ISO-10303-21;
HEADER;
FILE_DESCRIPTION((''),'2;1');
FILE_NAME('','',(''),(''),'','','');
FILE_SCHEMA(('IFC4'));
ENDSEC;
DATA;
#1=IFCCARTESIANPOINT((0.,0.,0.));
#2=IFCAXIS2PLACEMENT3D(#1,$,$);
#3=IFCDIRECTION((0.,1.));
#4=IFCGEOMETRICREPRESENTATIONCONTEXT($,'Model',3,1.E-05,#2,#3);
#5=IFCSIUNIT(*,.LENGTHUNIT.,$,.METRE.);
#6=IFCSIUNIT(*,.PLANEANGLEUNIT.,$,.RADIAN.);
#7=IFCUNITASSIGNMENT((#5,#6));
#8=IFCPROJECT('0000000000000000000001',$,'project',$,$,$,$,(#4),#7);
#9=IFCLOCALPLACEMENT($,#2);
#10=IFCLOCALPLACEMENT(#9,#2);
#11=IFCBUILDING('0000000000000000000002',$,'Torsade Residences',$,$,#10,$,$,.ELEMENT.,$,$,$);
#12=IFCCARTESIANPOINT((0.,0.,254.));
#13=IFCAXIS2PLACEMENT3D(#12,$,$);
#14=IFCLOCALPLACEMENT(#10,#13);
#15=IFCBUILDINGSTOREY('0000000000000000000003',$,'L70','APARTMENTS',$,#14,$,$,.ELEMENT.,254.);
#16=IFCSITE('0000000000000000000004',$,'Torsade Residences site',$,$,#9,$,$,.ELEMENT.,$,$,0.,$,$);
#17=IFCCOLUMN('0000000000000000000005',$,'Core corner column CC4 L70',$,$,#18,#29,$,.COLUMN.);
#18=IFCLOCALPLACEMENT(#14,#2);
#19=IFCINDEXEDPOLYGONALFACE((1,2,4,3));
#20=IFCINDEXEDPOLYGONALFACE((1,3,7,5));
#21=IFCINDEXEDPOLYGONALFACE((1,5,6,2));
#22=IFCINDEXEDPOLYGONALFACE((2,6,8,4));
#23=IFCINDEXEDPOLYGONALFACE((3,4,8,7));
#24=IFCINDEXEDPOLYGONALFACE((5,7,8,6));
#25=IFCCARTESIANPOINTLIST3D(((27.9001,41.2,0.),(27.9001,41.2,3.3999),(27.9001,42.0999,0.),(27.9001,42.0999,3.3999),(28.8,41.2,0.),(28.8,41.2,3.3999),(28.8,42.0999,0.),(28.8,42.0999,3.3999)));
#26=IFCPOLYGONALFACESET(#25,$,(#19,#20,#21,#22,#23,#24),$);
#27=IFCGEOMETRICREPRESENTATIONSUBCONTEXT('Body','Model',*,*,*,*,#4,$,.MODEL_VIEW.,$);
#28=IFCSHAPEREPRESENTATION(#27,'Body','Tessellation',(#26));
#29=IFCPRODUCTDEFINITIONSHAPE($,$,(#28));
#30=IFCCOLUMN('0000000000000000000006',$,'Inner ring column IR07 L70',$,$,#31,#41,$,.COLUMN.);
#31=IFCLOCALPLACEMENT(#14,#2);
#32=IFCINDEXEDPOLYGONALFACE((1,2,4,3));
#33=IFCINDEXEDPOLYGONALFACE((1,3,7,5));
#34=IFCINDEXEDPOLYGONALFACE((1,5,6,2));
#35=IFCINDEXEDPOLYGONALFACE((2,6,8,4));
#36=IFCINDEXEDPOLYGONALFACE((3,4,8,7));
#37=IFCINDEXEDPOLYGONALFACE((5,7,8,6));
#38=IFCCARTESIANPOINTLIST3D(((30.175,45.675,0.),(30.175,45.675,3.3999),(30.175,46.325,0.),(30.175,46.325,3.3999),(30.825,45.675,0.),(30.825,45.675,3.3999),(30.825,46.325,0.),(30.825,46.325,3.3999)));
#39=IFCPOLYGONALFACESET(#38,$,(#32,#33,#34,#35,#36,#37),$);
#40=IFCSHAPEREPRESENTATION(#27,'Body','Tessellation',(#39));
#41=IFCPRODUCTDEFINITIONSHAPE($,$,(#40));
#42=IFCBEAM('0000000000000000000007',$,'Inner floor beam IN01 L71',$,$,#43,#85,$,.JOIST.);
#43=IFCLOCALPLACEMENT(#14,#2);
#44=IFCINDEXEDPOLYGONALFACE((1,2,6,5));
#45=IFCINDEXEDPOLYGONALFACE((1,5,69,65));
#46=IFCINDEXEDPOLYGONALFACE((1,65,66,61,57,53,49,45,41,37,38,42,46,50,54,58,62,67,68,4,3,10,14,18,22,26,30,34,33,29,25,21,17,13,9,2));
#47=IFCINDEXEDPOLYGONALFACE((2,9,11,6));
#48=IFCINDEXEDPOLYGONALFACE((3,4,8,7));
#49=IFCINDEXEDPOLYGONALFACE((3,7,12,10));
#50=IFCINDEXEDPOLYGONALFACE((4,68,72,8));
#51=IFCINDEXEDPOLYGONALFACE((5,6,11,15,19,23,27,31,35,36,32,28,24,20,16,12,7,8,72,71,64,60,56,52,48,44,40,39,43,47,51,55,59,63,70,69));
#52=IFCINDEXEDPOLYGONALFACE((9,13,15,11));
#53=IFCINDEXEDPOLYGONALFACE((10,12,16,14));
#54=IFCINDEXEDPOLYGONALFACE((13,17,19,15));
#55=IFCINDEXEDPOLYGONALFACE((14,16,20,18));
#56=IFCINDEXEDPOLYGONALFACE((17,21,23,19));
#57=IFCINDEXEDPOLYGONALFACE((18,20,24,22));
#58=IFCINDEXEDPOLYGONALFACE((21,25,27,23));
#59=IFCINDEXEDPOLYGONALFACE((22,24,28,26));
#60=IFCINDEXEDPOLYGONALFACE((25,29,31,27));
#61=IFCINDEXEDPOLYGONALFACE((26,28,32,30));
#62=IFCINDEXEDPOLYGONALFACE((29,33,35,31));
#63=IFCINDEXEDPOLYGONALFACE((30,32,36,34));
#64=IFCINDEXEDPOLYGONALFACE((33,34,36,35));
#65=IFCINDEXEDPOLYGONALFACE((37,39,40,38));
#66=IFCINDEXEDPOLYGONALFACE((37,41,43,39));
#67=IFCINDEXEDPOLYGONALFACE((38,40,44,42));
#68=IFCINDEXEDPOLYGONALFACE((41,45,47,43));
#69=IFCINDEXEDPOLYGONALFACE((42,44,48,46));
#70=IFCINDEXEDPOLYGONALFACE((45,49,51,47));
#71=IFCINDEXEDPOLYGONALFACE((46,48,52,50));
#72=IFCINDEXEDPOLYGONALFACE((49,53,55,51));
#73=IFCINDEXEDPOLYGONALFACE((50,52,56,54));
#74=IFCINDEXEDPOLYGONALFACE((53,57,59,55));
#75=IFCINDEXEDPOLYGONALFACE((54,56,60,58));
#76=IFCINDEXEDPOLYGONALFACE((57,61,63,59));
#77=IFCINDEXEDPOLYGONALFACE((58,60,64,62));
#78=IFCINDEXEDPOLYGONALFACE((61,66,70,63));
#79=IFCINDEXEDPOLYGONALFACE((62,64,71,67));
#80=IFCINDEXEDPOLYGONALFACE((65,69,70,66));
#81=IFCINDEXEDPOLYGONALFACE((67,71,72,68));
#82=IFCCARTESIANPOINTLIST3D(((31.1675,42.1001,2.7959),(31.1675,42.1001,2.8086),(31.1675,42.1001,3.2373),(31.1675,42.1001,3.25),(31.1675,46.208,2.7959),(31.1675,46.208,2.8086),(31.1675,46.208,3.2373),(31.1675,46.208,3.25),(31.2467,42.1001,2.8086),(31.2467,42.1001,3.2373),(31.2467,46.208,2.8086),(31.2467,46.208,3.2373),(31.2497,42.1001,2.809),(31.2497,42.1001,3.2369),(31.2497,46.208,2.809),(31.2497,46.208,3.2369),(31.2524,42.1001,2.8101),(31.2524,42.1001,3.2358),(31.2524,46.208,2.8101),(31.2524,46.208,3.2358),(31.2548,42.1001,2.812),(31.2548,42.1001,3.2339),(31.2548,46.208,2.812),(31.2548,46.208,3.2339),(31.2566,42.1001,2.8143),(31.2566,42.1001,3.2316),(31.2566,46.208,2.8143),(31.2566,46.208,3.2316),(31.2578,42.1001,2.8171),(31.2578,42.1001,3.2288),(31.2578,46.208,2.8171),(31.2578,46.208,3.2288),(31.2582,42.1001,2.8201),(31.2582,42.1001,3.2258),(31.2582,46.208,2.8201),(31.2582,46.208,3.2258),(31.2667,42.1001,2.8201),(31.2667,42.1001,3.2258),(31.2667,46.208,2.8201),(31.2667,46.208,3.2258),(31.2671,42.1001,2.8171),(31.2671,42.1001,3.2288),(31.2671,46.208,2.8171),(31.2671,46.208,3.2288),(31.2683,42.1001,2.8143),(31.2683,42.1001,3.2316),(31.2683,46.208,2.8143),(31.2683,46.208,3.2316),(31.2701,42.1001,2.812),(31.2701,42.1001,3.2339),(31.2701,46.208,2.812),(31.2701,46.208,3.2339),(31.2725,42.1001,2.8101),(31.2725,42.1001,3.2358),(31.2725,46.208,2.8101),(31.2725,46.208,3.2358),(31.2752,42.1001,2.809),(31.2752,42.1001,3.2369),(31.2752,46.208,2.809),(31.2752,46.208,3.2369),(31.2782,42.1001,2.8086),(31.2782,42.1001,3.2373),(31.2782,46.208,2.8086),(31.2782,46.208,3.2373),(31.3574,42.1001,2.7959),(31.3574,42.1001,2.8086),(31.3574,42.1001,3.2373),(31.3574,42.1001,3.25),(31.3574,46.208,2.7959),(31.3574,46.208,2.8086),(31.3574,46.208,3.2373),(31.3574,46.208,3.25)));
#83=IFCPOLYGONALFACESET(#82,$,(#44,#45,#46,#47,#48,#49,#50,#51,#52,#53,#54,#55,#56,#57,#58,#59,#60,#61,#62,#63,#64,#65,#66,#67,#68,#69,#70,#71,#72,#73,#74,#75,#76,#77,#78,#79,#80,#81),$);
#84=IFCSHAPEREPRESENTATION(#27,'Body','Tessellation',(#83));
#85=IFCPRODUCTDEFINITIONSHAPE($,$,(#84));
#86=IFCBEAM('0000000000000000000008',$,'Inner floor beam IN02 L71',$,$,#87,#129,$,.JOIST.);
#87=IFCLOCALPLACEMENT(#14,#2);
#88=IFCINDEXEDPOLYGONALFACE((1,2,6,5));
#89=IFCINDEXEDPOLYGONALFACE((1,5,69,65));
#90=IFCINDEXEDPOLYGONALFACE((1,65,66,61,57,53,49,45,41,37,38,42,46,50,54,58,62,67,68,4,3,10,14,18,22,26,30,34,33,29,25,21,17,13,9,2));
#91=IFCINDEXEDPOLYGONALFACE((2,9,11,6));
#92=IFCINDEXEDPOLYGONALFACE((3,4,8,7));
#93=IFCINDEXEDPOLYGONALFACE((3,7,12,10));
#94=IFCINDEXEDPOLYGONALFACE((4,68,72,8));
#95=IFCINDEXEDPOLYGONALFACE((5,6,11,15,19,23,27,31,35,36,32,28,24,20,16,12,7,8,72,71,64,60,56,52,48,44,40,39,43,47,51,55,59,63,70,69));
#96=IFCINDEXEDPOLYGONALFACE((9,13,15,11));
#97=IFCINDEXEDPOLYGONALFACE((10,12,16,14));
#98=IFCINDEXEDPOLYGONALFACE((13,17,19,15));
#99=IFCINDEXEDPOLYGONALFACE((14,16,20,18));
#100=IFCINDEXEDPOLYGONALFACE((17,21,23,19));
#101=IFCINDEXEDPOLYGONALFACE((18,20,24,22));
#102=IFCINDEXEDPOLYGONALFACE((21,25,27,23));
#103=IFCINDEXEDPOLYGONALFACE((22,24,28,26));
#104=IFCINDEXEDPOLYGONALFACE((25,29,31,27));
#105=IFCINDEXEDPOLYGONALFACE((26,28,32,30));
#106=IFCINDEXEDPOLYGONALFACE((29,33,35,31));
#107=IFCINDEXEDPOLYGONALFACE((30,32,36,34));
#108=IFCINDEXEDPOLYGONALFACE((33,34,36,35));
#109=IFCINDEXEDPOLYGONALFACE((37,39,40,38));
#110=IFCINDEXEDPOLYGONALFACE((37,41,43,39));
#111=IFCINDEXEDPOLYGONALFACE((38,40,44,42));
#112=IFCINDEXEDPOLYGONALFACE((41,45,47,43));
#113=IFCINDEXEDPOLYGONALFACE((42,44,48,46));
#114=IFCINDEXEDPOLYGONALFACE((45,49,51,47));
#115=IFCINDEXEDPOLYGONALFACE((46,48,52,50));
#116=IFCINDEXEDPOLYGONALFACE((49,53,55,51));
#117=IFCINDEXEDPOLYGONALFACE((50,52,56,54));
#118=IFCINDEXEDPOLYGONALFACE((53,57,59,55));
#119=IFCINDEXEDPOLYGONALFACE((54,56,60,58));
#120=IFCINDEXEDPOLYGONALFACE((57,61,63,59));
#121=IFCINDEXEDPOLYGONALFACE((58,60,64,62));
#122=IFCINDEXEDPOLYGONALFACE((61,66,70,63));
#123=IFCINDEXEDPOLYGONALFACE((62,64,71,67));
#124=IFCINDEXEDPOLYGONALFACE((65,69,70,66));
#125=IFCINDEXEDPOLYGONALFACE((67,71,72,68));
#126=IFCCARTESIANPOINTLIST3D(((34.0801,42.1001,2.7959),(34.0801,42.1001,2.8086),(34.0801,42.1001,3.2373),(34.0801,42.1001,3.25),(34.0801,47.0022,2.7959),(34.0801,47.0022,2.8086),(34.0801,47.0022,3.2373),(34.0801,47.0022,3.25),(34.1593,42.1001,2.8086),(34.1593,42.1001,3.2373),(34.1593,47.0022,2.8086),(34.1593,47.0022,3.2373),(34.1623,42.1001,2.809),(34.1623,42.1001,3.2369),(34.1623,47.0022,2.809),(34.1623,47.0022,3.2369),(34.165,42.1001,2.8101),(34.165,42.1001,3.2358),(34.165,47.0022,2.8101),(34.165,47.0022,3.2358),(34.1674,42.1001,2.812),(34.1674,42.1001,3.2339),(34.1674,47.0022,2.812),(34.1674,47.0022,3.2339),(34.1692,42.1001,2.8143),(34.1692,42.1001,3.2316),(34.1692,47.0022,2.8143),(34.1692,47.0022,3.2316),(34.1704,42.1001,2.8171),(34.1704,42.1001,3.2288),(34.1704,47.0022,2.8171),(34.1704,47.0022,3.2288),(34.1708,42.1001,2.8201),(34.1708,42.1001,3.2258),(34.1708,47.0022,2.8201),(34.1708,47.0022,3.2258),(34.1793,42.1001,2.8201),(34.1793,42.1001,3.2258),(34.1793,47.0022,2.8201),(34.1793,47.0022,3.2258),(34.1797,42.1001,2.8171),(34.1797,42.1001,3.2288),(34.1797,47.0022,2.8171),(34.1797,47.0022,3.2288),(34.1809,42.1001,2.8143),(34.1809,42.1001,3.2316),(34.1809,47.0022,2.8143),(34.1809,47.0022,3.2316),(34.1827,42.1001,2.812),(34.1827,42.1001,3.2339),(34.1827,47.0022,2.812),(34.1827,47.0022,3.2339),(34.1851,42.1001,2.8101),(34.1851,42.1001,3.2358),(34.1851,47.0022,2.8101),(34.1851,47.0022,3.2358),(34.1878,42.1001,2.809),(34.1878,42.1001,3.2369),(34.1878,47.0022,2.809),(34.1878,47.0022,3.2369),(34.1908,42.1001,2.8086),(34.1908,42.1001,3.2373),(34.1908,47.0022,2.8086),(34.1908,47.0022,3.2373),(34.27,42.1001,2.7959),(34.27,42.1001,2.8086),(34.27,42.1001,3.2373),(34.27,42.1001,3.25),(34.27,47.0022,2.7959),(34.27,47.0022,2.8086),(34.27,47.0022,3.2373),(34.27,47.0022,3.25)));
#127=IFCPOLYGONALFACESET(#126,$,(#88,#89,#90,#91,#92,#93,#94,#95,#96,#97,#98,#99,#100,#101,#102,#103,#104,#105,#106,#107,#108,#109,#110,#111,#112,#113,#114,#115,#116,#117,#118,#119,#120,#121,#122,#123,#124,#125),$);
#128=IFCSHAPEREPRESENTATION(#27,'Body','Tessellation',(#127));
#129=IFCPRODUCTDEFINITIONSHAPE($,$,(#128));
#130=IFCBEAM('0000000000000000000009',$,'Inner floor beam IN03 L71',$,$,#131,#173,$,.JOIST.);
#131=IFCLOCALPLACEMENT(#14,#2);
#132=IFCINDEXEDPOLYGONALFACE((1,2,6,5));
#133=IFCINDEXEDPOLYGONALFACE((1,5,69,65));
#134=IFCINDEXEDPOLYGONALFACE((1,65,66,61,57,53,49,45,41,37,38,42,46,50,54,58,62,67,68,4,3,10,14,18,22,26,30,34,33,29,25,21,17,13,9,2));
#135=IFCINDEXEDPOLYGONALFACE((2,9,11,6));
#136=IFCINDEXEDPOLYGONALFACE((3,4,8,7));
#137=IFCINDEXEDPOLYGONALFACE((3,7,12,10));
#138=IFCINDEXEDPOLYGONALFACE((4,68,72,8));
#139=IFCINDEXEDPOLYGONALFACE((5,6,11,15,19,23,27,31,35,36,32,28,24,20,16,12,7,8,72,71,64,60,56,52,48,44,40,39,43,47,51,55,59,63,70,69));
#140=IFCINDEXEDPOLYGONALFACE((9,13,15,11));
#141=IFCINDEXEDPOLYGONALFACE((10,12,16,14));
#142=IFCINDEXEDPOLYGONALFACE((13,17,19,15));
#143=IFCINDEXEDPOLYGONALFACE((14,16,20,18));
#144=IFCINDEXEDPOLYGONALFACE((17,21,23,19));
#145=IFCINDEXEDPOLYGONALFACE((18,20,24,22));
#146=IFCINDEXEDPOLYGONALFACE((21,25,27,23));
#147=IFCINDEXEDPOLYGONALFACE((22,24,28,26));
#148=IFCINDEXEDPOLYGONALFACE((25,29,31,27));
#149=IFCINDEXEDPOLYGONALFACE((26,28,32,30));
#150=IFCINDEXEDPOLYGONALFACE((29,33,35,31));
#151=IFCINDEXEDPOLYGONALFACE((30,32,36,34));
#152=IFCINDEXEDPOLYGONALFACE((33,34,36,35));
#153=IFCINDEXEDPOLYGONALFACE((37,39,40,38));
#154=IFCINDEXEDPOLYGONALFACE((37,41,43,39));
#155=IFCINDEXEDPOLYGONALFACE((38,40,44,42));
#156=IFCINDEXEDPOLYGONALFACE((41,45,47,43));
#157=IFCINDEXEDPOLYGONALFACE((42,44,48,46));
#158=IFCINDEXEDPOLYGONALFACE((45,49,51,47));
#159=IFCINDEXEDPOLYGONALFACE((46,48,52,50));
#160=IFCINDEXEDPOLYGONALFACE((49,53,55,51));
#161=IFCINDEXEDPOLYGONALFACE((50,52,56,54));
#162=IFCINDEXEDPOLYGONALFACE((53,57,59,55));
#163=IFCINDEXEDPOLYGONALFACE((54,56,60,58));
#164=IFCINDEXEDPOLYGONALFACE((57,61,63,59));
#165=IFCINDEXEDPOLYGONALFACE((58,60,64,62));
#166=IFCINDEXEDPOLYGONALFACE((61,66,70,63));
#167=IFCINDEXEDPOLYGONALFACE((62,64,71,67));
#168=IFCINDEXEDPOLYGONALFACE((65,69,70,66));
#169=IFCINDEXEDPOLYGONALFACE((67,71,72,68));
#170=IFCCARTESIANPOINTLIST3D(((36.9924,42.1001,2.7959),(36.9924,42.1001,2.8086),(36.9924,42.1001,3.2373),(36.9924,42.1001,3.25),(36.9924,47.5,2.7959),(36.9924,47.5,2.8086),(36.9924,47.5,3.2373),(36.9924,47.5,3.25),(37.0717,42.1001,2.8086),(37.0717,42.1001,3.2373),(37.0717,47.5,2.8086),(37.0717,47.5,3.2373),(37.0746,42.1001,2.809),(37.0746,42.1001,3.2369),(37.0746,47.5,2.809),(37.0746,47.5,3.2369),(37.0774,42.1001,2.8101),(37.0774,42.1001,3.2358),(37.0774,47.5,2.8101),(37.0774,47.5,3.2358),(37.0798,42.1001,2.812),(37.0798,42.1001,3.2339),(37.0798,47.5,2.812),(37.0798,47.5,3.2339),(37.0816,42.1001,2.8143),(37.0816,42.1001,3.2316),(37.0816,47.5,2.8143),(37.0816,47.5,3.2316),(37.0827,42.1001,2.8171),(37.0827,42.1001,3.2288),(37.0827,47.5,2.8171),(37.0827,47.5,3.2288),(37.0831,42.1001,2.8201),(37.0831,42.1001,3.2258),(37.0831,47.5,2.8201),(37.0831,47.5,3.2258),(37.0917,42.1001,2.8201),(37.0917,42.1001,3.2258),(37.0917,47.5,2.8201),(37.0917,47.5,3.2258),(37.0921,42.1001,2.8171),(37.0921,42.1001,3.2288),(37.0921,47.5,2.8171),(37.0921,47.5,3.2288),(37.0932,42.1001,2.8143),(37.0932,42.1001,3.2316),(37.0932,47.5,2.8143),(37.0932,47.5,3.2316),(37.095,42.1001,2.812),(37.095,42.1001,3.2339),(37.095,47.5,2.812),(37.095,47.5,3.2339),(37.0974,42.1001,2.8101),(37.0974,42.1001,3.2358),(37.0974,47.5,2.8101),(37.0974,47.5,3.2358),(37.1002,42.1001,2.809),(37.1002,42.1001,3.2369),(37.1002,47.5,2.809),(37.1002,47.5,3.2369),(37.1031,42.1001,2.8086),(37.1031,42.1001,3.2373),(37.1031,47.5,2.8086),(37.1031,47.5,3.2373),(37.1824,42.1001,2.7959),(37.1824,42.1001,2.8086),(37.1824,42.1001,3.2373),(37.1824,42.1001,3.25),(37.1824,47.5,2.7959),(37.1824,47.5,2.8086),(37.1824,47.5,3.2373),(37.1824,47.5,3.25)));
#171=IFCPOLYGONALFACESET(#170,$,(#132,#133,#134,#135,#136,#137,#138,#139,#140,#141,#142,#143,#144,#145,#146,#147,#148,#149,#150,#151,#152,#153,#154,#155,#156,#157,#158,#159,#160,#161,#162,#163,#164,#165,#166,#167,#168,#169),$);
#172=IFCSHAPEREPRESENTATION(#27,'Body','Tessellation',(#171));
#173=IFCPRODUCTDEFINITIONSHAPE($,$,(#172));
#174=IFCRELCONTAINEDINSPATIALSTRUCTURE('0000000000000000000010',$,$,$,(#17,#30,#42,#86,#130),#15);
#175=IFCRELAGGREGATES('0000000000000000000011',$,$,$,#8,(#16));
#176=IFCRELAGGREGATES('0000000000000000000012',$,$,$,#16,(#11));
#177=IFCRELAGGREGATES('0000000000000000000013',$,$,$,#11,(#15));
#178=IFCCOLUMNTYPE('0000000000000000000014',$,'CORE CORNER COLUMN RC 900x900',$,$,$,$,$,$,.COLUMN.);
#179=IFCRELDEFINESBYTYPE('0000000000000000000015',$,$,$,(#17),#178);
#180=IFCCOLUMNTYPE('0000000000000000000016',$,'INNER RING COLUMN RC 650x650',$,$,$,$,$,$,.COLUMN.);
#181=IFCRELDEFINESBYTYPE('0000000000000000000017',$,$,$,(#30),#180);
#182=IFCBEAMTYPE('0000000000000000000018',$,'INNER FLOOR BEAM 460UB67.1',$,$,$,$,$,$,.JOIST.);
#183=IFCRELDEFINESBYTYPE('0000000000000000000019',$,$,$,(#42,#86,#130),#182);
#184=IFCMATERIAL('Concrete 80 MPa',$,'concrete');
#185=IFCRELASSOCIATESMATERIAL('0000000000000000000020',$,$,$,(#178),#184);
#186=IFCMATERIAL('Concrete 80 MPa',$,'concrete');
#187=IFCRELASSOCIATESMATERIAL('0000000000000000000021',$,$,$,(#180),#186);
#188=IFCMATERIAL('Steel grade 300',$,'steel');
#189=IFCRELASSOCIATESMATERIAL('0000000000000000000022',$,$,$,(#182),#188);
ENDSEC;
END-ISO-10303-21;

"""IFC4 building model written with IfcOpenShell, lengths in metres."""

from ifc_helpers import new_model, si_unit, direction, frame, origin, origin_2d, place, context, subcontext, project, spatial, rectangle, i_section, extrude, material, material_profile, profile_set, type_object, element, save


model = new_model("IFC4")

# Units and contexts
model_context = context("Model", 3, precision=1e-05, world=origin(), true_north=direction((0.0, 1.0)))
body_context = subcontext(model_context, "Body", "Model", "MODEL_VIEW")
ifc_project = project(units=[si_unit("LENGTHUNIT", "METRE"), si_unit("PLANEANGLEUNIT", "RADIAN")], contexts=[model_context])

# Site, building, storey
site_placement = place(None, origin())
site = spatial("IfcSite", under=ifc_project, at=site_placement, Name="Torsade Residences site", CompositionType="ELEMENT", RefElevation=0.0)
building_placement = place(site_placement, origin())
building = spatial("IfcBuilding", under=site, at=building_placement, Name="Torsade Residences", CompositionType="ELEMENT")
storey_placement = place(building_placement, frame((0.0, 0.0, 254.0)))
storey = spatial("IfcBuildingStorey", under=building, at=storey_placement, Name="L70", Description="APARTMENTS", CompositionType="ELEMENT", Elevation=254.0)

# Columns
ifc_material_1 = material(Name="Concrete 80 MPa", Category="concrete")
ifc_material_profile_1 = material_profile(ifc_material_1, rectangle(XDim=0.8999, YDim=0.8999, at=origin_2d()), Name="RC 900x900")
ifc_profile_set_1 = profile_set([ifc_material_profile_1], Name="Concrete 80 MPa")
column_type_1 = type_object("IfcColumnType", Name="CORE CORNER COLUMN RC 900x900", PredefinedType="COLUMN", material=ifc_profile_set_1)
column_1_placement = place(storey_placement, frame((28.3501, 41.6499, 0.0), z_axis=(0.0, 0.0, 1.0), x_axis=(1.0, 0.0, 0.0)))
element("IfcColumn", 1, at=column_1_placement, inside=storey, type_object=column_type_1, Name="Core corner column CC4 L70", PredefinedType="COLUMN", context=body_context, shape_type="SweptSolid", body=[
    extrude(rectangle(XDim=0.8999, YDim=0.8999, at=origin_2d()), origin(), (0.0, 0.0, 1.0), 3.3999),
])
ifc_material_2 = material(Name="Concrete 80 MPa", Category="concrete")
ifc_material_profile_2 = material_profile(ifc_material_2, rectangle(XDim=0.6499, YDim=0.6499, at=origin_2d()), Name="RC 650x650")
ifc_profile_set_2 = profile_set([ifc_material_profile_2], Name="Concrete 80 MPa")
column_type_2 = type_object("IfcColumnType", Name="INNER RING COLUMN RC 650x650", PredefinedType="COLUMN", material=ifc_profile_set_2)
column_2_placement = place(storey_placement, frame((30.5, 46.0, 0.0), z_axis=(0.0, 0.0, 1.0), x_axis=(1.0, 0.0, 0.0)))
element("IfcColumn", 2, at=column_2_placement, inside=storey, type_object=column_type_2, Name="Inner ring column IR07 L70", PredefinedType="COLUMN", context=body_context, shape_type="SweptSolid", body=[
    extrude(rectangle(XDim=0.6499, YDim=0.6499, at=origin_2d()), origin(), (0.0, 0.0, 1.0), 3.3999),
])

# Beams
ifc_material_3 = material(Name="Steel grade 300", Category="steel")
ifc_material_profile_3 = material_profile(ifc_material_3, i_section(OverallWidth=0.1899, OverallDepth=0.4541, WebThickness=0.0085, FlangeThickness=0.0127, FilletRadius=0.0115, at=origin_2d()), Name="460UB67.1")
ifc_profile_set_3 = profile_set([ifc_material_profile_3], Name="Steel grade 300")
beam_type_1 = type_object("IfcBeamType", Name="INNER FLOOR BEAM 460UB67.1", PredefinedType="JOIST", material=ifc_profile_set_3)
beam_1_placement = place(storey_placement, frame((31.2625, 42.1001, 3.0229), z_axis=(0.0, 1.0, 0.0), x_axis=(-1.0, 0.0, 0.0)))
element("IfcBeam", 3, at=beam_1_placement, inside=storey, type_object=beam_type_1, Name="Inner floor beam IN01 L71", PredefinedType="JOIST", context=body_context, shape_type="SweptSolid", body=[
    extrude(i_section(OverallWidth=0.1899, OverallDepth=0.4541, WebThickness=0.0085, FlangeThickness=0.0127, FilletRadius=0.0115, at=origin_2d()), origin(), (0.0, 0.0, 1.0), 4.1079),
])
beam_2_placement = place(storey_placement, frame((34.175, 42.1001, 3.0229), z_axis=(0.0, 1.0, 0.0), x_axis=(-1.0, 0.0, 0.0)))
element("IfcBeam", 4, at=beam_2_placement, inside=storey, type_object=beam_type_1, Name="Inner floor beam IN02 L71", PredefinedType="JOIST", context=body_context, shape_type="SweptSolid", body=[
    extrude(i_section(OverallWidth=0.1899, OverallDepth=0.4541, WebThickness=0.0085, FlangeThickness=0.0127, FilletRadius=0.0115, at=origin_2d()), origin(), (0.0, 0.0, 1.0), 4.9021),
])
beam_3_placement = place(storey_placement, frame((37.0874, 42.1001, 3.0229), z_axis=(0.0, 1.0, 0.0), x_axis=(-1.0, 0.0, 0.0)))
element("IfcBeam", 5, at=beam_3_placement, inside=storey, type_object=beam_type_1, Name="Inner floor beam IN03 L71", PredefinedType="JOIST", context=body_context, shape_type="SweptSolid", body=[
    extrude(i_section(OverallWidth=0.1899, OverallDepth=0.4541, WebThickness=0.0085, FlangeThickness=0.0127, FilletRadius=0.0115, at=origin_2d()), origin(), (0.0, 0.0, 1.0), 5.3999),
])

save(model, "model.ifc")
